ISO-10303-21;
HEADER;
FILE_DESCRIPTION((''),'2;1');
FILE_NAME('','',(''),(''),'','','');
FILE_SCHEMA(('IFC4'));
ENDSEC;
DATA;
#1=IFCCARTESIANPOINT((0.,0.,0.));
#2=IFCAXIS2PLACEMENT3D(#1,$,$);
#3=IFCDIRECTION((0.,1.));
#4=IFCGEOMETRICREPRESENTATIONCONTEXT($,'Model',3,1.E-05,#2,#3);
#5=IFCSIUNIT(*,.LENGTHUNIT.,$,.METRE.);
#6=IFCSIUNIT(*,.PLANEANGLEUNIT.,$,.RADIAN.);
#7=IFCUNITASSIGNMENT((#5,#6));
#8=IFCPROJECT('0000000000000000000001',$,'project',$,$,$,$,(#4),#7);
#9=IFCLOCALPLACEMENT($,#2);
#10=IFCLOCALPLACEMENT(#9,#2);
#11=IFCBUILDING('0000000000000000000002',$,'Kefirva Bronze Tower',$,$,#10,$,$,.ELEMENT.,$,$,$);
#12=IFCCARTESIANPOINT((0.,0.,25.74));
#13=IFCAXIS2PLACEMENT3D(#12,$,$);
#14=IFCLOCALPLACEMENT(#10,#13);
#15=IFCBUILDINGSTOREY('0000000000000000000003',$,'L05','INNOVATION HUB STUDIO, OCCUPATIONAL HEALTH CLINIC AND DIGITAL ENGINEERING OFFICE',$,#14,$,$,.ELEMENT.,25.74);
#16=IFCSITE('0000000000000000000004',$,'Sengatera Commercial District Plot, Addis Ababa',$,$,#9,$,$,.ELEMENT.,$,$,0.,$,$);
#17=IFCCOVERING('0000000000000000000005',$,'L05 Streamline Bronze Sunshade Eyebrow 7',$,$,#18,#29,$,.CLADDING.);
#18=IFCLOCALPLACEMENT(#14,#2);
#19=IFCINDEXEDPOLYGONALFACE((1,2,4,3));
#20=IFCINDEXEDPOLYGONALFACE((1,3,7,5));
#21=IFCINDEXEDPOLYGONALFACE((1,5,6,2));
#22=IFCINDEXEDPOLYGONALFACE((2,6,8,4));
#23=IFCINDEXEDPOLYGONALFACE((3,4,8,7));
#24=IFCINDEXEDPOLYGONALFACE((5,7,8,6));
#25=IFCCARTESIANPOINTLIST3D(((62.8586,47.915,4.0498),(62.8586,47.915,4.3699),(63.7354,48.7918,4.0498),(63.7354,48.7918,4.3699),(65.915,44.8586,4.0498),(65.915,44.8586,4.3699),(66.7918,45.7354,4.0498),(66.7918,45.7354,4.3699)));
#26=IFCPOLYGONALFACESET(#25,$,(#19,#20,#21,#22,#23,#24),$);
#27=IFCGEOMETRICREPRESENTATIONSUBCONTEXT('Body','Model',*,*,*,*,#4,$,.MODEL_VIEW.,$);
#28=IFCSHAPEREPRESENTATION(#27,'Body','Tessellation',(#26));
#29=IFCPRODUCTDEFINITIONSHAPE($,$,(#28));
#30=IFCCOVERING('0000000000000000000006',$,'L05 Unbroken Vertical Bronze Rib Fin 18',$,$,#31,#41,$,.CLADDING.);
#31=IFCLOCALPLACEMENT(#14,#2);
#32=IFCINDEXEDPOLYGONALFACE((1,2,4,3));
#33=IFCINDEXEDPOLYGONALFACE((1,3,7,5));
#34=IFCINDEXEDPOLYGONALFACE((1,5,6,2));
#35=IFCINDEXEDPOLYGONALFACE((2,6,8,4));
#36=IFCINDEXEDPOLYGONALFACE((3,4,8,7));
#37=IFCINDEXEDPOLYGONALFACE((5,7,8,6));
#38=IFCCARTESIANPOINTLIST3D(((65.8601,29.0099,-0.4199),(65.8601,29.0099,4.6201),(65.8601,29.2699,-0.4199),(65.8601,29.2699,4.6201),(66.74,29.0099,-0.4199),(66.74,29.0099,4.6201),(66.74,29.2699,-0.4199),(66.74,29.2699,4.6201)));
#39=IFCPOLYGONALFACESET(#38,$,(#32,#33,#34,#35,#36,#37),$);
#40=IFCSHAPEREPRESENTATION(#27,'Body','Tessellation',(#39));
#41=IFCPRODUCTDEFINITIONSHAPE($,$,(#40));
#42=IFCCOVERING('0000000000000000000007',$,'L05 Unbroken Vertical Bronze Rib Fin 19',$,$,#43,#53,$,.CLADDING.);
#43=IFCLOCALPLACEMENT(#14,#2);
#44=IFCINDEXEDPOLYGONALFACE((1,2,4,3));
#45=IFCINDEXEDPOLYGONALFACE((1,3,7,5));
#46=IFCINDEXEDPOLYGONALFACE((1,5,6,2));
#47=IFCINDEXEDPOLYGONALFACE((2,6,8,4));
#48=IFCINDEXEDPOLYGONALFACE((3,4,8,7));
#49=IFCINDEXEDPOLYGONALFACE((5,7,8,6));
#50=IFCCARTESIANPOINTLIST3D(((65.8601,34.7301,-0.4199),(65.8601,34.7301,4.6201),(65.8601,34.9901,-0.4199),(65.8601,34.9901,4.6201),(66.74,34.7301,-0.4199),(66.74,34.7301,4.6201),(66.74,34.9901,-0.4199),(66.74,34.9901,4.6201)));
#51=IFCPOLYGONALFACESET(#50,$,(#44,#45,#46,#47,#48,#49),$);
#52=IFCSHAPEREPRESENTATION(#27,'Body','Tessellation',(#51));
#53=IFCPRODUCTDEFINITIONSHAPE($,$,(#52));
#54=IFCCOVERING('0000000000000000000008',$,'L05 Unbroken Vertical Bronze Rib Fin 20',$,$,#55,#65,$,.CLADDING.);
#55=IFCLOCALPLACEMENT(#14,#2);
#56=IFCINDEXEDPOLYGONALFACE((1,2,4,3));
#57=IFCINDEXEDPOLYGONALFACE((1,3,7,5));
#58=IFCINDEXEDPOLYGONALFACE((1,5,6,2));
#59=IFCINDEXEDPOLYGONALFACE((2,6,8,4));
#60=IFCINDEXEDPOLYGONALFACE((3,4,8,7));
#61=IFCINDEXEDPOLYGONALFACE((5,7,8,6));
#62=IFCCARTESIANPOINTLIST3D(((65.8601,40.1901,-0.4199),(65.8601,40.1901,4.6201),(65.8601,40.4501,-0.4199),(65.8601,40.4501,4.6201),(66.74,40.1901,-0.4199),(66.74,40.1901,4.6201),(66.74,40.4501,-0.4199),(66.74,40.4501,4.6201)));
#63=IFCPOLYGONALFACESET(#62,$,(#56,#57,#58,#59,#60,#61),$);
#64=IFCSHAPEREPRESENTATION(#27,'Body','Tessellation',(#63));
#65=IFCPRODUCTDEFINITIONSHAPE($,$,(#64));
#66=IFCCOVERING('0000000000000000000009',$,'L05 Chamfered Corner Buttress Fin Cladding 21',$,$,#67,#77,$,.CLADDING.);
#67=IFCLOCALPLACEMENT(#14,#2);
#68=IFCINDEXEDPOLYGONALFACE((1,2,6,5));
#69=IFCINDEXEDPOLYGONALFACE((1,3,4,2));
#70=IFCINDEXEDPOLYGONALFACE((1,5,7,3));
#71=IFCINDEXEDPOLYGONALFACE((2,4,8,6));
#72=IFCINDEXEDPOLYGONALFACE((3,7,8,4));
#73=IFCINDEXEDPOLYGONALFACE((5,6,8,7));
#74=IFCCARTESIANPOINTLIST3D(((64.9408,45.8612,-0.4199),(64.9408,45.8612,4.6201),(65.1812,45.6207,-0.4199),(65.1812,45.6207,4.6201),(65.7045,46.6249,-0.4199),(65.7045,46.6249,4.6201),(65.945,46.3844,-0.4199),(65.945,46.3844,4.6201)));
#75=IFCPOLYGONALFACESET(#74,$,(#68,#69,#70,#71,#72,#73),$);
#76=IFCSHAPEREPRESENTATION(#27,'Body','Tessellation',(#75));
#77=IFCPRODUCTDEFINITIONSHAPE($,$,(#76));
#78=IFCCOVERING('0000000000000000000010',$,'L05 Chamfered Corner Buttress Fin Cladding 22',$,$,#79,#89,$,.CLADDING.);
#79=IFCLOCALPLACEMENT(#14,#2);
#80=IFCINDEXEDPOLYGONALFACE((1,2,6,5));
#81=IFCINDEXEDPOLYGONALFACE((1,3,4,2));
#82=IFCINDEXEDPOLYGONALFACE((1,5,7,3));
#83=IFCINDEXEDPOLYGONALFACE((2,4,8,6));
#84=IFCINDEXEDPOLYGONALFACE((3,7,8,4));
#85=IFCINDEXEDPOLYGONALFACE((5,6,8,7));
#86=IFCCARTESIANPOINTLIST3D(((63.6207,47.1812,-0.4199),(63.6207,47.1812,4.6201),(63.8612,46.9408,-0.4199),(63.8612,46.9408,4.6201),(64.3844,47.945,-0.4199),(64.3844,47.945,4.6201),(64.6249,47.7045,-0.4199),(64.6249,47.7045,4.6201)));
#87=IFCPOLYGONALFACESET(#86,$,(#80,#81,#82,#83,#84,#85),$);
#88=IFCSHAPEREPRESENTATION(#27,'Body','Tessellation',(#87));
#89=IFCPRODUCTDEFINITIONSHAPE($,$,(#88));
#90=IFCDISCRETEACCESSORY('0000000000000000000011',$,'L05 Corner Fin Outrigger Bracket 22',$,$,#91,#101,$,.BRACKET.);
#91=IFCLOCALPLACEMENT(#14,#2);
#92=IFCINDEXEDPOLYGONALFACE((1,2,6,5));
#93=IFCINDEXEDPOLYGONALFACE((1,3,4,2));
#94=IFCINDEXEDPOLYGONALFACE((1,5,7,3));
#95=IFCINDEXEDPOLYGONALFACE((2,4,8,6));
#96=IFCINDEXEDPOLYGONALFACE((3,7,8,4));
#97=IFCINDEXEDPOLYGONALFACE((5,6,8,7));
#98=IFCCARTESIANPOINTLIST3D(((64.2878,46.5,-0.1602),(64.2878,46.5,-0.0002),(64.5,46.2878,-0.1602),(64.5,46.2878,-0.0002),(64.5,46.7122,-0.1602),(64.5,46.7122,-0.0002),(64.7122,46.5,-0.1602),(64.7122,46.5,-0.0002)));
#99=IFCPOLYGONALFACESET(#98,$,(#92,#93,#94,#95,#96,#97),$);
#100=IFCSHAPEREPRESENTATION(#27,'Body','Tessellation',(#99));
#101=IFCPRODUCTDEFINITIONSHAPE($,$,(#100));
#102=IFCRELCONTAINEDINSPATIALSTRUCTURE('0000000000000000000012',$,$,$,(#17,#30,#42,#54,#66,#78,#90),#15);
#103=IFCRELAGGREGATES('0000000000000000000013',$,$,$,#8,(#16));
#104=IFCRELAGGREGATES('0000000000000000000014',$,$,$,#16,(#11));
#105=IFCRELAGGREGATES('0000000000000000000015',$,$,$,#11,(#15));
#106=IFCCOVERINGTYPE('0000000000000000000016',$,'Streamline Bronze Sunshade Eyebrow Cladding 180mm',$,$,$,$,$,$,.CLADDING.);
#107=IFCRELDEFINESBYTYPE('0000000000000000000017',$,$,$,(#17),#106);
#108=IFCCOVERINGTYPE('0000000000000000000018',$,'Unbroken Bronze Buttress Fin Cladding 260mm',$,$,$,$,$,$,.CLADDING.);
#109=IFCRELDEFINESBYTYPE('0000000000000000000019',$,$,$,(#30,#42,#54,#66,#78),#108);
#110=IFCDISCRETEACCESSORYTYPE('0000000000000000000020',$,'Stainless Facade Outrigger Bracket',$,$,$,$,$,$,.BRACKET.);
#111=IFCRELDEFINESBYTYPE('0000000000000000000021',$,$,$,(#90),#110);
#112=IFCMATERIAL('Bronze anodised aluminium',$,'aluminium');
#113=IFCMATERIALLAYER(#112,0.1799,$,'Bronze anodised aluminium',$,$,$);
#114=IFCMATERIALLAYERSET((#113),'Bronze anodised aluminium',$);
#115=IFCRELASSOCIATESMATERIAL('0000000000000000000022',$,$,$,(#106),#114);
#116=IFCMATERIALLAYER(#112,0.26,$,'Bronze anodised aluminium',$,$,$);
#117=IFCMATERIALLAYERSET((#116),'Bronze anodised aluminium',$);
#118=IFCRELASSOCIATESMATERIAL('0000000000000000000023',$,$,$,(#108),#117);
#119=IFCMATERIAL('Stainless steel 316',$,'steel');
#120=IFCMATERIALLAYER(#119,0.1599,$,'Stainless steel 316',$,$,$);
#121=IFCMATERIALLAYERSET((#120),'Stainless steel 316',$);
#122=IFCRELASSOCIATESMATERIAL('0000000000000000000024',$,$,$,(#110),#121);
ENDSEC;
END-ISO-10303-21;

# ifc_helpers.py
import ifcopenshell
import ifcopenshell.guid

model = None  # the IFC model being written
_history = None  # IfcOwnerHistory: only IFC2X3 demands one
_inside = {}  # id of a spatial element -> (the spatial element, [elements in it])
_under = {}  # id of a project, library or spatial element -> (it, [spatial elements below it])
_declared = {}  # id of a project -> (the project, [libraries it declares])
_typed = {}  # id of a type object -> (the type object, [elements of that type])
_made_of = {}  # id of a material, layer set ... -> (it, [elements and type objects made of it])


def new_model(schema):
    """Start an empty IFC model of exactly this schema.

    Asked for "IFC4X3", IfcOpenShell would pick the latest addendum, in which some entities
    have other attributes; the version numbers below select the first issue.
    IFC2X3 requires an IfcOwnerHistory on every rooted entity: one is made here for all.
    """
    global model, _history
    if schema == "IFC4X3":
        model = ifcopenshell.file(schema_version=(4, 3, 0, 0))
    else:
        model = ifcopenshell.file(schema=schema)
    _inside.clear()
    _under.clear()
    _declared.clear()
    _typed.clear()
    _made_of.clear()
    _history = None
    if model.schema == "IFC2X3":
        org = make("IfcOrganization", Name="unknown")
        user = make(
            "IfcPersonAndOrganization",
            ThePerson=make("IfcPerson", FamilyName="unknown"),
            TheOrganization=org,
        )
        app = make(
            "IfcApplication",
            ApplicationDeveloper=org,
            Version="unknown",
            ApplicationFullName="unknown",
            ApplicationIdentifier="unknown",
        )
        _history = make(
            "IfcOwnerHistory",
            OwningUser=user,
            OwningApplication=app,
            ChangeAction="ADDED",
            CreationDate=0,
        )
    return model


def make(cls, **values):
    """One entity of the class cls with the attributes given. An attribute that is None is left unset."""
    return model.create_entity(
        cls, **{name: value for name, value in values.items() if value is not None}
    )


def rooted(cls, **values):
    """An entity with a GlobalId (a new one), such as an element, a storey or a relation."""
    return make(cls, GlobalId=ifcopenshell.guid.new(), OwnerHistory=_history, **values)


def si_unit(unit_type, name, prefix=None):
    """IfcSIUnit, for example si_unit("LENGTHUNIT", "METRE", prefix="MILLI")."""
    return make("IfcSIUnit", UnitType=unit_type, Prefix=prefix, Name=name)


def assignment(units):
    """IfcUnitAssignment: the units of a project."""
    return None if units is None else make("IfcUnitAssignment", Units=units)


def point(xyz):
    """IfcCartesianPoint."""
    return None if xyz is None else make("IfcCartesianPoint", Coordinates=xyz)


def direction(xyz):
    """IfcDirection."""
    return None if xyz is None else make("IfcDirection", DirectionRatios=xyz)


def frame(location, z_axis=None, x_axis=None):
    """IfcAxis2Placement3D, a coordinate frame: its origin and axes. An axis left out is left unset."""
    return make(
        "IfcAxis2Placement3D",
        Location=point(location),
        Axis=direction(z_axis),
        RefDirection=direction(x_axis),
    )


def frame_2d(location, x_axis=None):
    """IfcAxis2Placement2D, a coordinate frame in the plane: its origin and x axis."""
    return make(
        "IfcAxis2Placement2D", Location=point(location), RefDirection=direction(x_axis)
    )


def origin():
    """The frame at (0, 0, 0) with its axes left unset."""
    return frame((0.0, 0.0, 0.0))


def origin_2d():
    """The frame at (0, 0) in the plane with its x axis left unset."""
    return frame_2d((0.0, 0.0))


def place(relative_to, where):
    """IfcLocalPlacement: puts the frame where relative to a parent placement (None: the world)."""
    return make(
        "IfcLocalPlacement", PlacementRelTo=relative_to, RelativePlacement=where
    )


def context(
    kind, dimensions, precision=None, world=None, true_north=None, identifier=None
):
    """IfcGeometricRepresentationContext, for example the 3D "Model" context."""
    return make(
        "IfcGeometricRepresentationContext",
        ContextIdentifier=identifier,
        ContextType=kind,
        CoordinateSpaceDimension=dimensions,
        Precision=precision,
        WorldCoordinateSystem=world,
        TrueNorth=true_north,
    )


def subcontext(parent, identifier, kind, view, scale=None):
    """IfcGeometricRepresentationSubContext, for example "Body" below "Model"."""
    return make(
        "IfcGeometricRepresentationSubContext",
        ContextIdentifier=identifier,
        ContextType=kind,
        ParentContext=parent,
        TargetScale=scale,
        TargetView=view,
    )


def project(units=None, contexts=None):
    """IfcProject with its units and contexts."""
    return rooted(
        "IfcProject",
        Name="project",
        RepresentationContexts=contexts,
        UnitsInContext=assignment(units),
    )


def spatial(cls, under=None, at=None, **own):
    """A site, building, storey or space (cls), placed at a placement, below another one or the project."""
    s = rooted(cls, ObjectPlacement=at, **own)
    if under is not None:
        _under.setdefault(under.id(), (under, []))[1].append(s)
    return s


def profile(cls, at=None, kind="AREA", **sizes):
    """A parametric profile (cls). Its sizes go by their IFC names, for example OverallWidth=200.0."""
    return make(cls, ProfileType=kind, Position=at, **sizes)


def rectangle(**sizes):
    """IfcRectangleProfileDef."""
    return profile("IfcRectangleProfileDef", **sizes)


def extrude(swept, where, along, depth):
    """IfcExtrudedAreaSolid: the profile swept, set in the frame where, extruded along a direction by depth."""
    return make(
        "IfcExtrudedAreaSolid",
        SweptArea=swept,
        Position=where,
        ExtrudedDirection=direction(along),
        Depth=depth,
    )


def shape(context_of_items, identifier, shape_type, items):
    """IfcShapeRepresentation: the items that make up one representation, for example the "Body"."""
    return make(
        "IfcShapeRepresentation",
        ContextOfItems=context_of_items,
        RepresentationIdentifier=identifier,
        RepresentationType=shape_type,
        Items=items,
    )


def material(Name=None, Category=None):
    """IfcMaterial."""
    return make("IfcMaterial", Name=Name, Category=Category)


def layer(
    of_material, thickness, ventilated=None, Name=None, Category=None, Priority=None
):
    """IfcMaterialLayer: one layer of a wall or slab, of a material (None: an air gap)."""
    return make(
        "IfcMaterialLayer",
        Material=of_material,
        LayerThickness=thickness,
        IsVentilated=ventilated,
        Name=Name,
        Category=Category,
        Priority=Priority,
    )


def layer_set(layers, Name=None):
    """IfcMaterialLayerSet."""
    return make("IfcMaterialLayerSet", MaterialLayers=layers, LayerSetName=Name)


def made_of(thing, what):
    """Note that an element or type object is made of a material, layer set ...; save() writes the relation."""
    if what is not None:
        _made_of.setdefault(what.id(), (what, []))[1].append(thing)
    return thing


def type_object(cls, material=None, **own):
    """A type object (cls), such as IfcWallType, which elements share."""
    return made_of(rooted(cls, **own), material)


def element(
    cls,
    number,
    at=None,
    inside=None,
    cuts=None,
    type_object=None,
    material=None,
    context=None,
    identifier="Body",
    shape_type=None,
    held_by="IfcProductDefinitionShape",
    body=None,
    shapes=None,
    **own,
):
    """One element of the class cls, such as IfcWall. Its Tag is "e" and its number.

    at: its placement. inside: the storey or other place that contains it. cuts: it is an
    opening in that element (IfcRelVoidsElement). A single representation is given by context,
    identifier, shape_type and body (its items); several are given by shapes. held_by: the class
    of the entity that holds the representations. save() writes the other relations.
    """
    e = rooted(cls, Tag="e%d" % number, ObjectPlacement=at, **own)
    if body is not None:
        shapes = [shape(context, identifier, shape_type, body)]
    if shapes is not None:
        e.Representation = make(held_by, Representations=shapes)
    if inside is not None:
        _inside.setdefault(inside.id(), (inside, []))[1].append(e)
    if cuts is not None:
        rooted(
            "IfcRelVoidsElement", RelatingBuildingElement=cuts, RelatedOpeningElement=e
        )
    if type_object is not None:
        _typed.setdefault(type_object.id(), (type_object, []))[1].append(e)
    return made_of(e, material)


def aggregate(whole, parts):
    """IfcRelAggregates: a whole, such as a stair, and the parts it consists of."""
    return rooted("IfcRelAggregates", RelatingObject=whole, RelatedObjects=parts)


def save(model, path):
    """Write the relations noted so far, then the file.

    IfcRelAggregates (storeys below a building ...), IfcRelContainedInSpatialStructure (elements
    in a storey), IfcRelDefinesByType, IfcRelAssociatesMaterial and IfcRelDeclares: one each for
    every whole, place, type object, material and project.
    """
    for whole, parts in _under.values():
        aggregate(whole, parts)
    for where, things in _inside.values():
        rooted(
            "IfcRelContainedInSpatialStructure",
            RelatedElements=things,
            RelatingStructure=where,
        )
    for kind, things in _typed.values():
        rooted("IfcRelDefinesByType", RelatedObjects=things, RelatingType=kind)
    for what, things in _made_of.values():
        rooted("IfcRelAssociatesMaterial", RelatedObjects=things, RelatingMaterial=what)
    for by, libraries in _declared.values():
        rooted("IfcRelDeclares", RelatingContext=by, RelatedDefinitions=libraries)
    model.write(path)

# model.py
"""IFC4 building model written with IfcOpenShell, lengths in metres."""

from ifc_helpers import new_model, si_unit, direction, frame, origin, origin_2d, place, context, subcontext, project, spatial, rectangle, extrude, material, layer, layer_set, type_object, element, save


model = new_model("IFC4")

# Units and contexts
model_context = context("Model", 3, precision=1e-05, world=origin(), true_north=direction((0.0, 1.0)))
body_context = subcontext(model_context, "Body", "Model", "MODEL_VIEW")
ifc_project = project(units=[si_unit("LENGTHUNIT", "METRE"), si_unit("PLANEANGLEUNIT", "RADIAN")], contexts=[model_context])

# Site, building, storey
site_placement = place(None, origin())
site = spatial("IfcSite", under=ifc_project, at=site_placement, Name="Sengatera Commercial District Plot, Addis Ababa", CompositionType="ELEMENT", RefElevation=0.0)
building_placement = place(site_placement, origin())
building = spatial("IfcBuilding", under=site, at=building_placement, Name="Kefirva Bronze Tower", CompositionType="ELEMENT")
storey_placement = place(building_placement, frame((0.0, 0.0, 25.74)))
storey = spatial("IfcBuildingStorey", under=building, at=storey_placement, Name="L05", Description="INNOVATION HUB STUDIO, OCCUPATIONAL HEALTH CLINIC AND DIGITAL ENGINEERING OFFICE", CompositionType="ELEMENT", Elevation=25.74)

# Shared definitions
ifc_material_1 = material(Name="Bronze anodised aluminium", Category="aluminium")

# Coverings
ifc_layer_1 = layer(ifc_material_1, 0.1799, Name="Bronze anodised aluminium")
ifc_layer_set_1 = layer_set([ifc_layer_1], Name="Bronze anodised aluminium")
covering_type_1 = type_object("IfcCoveringType", Name="Streamline Bronze Sunshade Eyebrow Cladding 180mm", PredefinedType="CLADDING", material=ifc_layer_set_1)
covering_1_placement = place(storey_placement, frame((64.8252, 46.8252, 4.0498), z_axis=(0.0, 0.0, 1.0), x_axis=(-0.707107, 0.707107, 0.0)))
element("IfcCovering", 1, at=covering_1_placement, inside=storey, type_object=covering_type_1, Name="L05 Streamline Bronze Sunshade Eyebrow 7", PredefinedType="CLADDING", context=body_context, shape_type="SweptSolid", body=[
    extrude(rectangle(XDim=4.3225, YDim=1.24, at=origin_2d()), origin(), (0.0, 0.0, 1.0), 0.3201),
])
ifc_layer_2 = layer(ifc_material_1, 0.26, Name="Bronze anodised aluminium")
ifc_layer_set_2 = layer_set([ifc_layer_2], Name="Bronze anodised aluminium")
covering_type_2 = type_object("IfcCoveringType", Name="Unbroken Bronze Buttress Fin Cladding 260mm", PredefinedType="CLADDING", material=ifc_layer_set_2)
for number, where, z_axis, x_axis, name in (
    (2, (66.3, 29.1399, -0.4199), (0.0, 0.0, 1.0), (0.0, 1.0, 0.0), "L05 Unbroken Vertical Bronze Rib Fin 18"),
    (3, (66.3, 34.8601, -0.4199), (0.0, 0.0, 1.0), (0.0, 1.0, 0.0), "L05 Unbroken Vertical Bronze Rib Fin 19"),
    (4, (66.3, 40.3201, -0.4199), (0.0, 0.0, 1.0), (0.0, 1.0, 0.0), "L05 Unbroken Vertical Bronze Rib Fin 20"),
):
    element("IfcCovering", number, at=place(storey_placement, frame(where, z_axis=z_axis, x_axis=x_axis)), inside=storey, type_object=covering_type_2, Name=name, PredefinedType="CLADDING", context=body_context, shape_type="SweptSolid", body=[
        extrude(rectangle(XDim=0.26, YDim=0.8799, at=origin_2d()), origin(), (0.0, 0.0, 1.0), 5.04),
    ])
for number, where, z_axis, x_axis, name in (
    (5, (65.4429, 46.1228, -0.4199), (0.0, 0.0, 1.0), (-0.707107, 0.707107, 0.0), "L05 Chamfered Corner Buttress Fin Cladding 21"),
    (6, (64.1228, 47.4429, -0.4199), (0.0, 0.0, 1.0), (-0.707107, 0.707107, 0.0), "L05 Chamfered Corner Buttress Fin Cladding 22"),
):
    element("IfcCovering", number, at=place(storey_placement, frame(where, z_axis=z_axis, x_axis=x_axis)), inside=storey, type_object=covering_type_2, Name=name, PredefinedType="CLADDING", context=body_context, shape_type="SweptSolid", body=[
        extrude(rectangle(XDim=0.3401, YDim=1.0801, at=origin_2d()), origin(), (0.0, 0.0, 1.0), 5.04),
    ])

# Discrete accessory
ifc_material_2 = material(Name="Stainless steel 316", Category="steel")
ifc_layer_3 = layer(ifc_material_2, 0.1599, Name="Stainless steel 316")
ifc_layer_set_3 = layer_set([ifc_layer_3], Name="Stainless steel 316")
discrete_accessory_type = type_object("IfcDiscreteAccessoryType", Name="Stainless Facade Outrigger Bracket", PredefinedType="BRACKET", material=ifc_layer_set_3)
discrete_accessory_placement = place(storey_placement, frame((64.5, 46.5, -0.1602), z_axis=(0.0, 0.0, 1.0), x_axis=(-0.707107, 0.707107, 0.0)))
element("IfcDiscreteAccessory", 7, at=discrete_accessory_placement, inside=storey, type_object=discrete_accessory_type, Name="L05 Corner Fin Outrigger Bracket 22", PredefinedType="BRACKET", context=body_context, shape_type="SweptSolid", body=[
    extrude(rectangle(XDim=0.3, YDim=0.3, at=origin_2d()), origin(), (0.0, 0.0, 1.0), 0.1599),
])

save(model, "model.ifc")
